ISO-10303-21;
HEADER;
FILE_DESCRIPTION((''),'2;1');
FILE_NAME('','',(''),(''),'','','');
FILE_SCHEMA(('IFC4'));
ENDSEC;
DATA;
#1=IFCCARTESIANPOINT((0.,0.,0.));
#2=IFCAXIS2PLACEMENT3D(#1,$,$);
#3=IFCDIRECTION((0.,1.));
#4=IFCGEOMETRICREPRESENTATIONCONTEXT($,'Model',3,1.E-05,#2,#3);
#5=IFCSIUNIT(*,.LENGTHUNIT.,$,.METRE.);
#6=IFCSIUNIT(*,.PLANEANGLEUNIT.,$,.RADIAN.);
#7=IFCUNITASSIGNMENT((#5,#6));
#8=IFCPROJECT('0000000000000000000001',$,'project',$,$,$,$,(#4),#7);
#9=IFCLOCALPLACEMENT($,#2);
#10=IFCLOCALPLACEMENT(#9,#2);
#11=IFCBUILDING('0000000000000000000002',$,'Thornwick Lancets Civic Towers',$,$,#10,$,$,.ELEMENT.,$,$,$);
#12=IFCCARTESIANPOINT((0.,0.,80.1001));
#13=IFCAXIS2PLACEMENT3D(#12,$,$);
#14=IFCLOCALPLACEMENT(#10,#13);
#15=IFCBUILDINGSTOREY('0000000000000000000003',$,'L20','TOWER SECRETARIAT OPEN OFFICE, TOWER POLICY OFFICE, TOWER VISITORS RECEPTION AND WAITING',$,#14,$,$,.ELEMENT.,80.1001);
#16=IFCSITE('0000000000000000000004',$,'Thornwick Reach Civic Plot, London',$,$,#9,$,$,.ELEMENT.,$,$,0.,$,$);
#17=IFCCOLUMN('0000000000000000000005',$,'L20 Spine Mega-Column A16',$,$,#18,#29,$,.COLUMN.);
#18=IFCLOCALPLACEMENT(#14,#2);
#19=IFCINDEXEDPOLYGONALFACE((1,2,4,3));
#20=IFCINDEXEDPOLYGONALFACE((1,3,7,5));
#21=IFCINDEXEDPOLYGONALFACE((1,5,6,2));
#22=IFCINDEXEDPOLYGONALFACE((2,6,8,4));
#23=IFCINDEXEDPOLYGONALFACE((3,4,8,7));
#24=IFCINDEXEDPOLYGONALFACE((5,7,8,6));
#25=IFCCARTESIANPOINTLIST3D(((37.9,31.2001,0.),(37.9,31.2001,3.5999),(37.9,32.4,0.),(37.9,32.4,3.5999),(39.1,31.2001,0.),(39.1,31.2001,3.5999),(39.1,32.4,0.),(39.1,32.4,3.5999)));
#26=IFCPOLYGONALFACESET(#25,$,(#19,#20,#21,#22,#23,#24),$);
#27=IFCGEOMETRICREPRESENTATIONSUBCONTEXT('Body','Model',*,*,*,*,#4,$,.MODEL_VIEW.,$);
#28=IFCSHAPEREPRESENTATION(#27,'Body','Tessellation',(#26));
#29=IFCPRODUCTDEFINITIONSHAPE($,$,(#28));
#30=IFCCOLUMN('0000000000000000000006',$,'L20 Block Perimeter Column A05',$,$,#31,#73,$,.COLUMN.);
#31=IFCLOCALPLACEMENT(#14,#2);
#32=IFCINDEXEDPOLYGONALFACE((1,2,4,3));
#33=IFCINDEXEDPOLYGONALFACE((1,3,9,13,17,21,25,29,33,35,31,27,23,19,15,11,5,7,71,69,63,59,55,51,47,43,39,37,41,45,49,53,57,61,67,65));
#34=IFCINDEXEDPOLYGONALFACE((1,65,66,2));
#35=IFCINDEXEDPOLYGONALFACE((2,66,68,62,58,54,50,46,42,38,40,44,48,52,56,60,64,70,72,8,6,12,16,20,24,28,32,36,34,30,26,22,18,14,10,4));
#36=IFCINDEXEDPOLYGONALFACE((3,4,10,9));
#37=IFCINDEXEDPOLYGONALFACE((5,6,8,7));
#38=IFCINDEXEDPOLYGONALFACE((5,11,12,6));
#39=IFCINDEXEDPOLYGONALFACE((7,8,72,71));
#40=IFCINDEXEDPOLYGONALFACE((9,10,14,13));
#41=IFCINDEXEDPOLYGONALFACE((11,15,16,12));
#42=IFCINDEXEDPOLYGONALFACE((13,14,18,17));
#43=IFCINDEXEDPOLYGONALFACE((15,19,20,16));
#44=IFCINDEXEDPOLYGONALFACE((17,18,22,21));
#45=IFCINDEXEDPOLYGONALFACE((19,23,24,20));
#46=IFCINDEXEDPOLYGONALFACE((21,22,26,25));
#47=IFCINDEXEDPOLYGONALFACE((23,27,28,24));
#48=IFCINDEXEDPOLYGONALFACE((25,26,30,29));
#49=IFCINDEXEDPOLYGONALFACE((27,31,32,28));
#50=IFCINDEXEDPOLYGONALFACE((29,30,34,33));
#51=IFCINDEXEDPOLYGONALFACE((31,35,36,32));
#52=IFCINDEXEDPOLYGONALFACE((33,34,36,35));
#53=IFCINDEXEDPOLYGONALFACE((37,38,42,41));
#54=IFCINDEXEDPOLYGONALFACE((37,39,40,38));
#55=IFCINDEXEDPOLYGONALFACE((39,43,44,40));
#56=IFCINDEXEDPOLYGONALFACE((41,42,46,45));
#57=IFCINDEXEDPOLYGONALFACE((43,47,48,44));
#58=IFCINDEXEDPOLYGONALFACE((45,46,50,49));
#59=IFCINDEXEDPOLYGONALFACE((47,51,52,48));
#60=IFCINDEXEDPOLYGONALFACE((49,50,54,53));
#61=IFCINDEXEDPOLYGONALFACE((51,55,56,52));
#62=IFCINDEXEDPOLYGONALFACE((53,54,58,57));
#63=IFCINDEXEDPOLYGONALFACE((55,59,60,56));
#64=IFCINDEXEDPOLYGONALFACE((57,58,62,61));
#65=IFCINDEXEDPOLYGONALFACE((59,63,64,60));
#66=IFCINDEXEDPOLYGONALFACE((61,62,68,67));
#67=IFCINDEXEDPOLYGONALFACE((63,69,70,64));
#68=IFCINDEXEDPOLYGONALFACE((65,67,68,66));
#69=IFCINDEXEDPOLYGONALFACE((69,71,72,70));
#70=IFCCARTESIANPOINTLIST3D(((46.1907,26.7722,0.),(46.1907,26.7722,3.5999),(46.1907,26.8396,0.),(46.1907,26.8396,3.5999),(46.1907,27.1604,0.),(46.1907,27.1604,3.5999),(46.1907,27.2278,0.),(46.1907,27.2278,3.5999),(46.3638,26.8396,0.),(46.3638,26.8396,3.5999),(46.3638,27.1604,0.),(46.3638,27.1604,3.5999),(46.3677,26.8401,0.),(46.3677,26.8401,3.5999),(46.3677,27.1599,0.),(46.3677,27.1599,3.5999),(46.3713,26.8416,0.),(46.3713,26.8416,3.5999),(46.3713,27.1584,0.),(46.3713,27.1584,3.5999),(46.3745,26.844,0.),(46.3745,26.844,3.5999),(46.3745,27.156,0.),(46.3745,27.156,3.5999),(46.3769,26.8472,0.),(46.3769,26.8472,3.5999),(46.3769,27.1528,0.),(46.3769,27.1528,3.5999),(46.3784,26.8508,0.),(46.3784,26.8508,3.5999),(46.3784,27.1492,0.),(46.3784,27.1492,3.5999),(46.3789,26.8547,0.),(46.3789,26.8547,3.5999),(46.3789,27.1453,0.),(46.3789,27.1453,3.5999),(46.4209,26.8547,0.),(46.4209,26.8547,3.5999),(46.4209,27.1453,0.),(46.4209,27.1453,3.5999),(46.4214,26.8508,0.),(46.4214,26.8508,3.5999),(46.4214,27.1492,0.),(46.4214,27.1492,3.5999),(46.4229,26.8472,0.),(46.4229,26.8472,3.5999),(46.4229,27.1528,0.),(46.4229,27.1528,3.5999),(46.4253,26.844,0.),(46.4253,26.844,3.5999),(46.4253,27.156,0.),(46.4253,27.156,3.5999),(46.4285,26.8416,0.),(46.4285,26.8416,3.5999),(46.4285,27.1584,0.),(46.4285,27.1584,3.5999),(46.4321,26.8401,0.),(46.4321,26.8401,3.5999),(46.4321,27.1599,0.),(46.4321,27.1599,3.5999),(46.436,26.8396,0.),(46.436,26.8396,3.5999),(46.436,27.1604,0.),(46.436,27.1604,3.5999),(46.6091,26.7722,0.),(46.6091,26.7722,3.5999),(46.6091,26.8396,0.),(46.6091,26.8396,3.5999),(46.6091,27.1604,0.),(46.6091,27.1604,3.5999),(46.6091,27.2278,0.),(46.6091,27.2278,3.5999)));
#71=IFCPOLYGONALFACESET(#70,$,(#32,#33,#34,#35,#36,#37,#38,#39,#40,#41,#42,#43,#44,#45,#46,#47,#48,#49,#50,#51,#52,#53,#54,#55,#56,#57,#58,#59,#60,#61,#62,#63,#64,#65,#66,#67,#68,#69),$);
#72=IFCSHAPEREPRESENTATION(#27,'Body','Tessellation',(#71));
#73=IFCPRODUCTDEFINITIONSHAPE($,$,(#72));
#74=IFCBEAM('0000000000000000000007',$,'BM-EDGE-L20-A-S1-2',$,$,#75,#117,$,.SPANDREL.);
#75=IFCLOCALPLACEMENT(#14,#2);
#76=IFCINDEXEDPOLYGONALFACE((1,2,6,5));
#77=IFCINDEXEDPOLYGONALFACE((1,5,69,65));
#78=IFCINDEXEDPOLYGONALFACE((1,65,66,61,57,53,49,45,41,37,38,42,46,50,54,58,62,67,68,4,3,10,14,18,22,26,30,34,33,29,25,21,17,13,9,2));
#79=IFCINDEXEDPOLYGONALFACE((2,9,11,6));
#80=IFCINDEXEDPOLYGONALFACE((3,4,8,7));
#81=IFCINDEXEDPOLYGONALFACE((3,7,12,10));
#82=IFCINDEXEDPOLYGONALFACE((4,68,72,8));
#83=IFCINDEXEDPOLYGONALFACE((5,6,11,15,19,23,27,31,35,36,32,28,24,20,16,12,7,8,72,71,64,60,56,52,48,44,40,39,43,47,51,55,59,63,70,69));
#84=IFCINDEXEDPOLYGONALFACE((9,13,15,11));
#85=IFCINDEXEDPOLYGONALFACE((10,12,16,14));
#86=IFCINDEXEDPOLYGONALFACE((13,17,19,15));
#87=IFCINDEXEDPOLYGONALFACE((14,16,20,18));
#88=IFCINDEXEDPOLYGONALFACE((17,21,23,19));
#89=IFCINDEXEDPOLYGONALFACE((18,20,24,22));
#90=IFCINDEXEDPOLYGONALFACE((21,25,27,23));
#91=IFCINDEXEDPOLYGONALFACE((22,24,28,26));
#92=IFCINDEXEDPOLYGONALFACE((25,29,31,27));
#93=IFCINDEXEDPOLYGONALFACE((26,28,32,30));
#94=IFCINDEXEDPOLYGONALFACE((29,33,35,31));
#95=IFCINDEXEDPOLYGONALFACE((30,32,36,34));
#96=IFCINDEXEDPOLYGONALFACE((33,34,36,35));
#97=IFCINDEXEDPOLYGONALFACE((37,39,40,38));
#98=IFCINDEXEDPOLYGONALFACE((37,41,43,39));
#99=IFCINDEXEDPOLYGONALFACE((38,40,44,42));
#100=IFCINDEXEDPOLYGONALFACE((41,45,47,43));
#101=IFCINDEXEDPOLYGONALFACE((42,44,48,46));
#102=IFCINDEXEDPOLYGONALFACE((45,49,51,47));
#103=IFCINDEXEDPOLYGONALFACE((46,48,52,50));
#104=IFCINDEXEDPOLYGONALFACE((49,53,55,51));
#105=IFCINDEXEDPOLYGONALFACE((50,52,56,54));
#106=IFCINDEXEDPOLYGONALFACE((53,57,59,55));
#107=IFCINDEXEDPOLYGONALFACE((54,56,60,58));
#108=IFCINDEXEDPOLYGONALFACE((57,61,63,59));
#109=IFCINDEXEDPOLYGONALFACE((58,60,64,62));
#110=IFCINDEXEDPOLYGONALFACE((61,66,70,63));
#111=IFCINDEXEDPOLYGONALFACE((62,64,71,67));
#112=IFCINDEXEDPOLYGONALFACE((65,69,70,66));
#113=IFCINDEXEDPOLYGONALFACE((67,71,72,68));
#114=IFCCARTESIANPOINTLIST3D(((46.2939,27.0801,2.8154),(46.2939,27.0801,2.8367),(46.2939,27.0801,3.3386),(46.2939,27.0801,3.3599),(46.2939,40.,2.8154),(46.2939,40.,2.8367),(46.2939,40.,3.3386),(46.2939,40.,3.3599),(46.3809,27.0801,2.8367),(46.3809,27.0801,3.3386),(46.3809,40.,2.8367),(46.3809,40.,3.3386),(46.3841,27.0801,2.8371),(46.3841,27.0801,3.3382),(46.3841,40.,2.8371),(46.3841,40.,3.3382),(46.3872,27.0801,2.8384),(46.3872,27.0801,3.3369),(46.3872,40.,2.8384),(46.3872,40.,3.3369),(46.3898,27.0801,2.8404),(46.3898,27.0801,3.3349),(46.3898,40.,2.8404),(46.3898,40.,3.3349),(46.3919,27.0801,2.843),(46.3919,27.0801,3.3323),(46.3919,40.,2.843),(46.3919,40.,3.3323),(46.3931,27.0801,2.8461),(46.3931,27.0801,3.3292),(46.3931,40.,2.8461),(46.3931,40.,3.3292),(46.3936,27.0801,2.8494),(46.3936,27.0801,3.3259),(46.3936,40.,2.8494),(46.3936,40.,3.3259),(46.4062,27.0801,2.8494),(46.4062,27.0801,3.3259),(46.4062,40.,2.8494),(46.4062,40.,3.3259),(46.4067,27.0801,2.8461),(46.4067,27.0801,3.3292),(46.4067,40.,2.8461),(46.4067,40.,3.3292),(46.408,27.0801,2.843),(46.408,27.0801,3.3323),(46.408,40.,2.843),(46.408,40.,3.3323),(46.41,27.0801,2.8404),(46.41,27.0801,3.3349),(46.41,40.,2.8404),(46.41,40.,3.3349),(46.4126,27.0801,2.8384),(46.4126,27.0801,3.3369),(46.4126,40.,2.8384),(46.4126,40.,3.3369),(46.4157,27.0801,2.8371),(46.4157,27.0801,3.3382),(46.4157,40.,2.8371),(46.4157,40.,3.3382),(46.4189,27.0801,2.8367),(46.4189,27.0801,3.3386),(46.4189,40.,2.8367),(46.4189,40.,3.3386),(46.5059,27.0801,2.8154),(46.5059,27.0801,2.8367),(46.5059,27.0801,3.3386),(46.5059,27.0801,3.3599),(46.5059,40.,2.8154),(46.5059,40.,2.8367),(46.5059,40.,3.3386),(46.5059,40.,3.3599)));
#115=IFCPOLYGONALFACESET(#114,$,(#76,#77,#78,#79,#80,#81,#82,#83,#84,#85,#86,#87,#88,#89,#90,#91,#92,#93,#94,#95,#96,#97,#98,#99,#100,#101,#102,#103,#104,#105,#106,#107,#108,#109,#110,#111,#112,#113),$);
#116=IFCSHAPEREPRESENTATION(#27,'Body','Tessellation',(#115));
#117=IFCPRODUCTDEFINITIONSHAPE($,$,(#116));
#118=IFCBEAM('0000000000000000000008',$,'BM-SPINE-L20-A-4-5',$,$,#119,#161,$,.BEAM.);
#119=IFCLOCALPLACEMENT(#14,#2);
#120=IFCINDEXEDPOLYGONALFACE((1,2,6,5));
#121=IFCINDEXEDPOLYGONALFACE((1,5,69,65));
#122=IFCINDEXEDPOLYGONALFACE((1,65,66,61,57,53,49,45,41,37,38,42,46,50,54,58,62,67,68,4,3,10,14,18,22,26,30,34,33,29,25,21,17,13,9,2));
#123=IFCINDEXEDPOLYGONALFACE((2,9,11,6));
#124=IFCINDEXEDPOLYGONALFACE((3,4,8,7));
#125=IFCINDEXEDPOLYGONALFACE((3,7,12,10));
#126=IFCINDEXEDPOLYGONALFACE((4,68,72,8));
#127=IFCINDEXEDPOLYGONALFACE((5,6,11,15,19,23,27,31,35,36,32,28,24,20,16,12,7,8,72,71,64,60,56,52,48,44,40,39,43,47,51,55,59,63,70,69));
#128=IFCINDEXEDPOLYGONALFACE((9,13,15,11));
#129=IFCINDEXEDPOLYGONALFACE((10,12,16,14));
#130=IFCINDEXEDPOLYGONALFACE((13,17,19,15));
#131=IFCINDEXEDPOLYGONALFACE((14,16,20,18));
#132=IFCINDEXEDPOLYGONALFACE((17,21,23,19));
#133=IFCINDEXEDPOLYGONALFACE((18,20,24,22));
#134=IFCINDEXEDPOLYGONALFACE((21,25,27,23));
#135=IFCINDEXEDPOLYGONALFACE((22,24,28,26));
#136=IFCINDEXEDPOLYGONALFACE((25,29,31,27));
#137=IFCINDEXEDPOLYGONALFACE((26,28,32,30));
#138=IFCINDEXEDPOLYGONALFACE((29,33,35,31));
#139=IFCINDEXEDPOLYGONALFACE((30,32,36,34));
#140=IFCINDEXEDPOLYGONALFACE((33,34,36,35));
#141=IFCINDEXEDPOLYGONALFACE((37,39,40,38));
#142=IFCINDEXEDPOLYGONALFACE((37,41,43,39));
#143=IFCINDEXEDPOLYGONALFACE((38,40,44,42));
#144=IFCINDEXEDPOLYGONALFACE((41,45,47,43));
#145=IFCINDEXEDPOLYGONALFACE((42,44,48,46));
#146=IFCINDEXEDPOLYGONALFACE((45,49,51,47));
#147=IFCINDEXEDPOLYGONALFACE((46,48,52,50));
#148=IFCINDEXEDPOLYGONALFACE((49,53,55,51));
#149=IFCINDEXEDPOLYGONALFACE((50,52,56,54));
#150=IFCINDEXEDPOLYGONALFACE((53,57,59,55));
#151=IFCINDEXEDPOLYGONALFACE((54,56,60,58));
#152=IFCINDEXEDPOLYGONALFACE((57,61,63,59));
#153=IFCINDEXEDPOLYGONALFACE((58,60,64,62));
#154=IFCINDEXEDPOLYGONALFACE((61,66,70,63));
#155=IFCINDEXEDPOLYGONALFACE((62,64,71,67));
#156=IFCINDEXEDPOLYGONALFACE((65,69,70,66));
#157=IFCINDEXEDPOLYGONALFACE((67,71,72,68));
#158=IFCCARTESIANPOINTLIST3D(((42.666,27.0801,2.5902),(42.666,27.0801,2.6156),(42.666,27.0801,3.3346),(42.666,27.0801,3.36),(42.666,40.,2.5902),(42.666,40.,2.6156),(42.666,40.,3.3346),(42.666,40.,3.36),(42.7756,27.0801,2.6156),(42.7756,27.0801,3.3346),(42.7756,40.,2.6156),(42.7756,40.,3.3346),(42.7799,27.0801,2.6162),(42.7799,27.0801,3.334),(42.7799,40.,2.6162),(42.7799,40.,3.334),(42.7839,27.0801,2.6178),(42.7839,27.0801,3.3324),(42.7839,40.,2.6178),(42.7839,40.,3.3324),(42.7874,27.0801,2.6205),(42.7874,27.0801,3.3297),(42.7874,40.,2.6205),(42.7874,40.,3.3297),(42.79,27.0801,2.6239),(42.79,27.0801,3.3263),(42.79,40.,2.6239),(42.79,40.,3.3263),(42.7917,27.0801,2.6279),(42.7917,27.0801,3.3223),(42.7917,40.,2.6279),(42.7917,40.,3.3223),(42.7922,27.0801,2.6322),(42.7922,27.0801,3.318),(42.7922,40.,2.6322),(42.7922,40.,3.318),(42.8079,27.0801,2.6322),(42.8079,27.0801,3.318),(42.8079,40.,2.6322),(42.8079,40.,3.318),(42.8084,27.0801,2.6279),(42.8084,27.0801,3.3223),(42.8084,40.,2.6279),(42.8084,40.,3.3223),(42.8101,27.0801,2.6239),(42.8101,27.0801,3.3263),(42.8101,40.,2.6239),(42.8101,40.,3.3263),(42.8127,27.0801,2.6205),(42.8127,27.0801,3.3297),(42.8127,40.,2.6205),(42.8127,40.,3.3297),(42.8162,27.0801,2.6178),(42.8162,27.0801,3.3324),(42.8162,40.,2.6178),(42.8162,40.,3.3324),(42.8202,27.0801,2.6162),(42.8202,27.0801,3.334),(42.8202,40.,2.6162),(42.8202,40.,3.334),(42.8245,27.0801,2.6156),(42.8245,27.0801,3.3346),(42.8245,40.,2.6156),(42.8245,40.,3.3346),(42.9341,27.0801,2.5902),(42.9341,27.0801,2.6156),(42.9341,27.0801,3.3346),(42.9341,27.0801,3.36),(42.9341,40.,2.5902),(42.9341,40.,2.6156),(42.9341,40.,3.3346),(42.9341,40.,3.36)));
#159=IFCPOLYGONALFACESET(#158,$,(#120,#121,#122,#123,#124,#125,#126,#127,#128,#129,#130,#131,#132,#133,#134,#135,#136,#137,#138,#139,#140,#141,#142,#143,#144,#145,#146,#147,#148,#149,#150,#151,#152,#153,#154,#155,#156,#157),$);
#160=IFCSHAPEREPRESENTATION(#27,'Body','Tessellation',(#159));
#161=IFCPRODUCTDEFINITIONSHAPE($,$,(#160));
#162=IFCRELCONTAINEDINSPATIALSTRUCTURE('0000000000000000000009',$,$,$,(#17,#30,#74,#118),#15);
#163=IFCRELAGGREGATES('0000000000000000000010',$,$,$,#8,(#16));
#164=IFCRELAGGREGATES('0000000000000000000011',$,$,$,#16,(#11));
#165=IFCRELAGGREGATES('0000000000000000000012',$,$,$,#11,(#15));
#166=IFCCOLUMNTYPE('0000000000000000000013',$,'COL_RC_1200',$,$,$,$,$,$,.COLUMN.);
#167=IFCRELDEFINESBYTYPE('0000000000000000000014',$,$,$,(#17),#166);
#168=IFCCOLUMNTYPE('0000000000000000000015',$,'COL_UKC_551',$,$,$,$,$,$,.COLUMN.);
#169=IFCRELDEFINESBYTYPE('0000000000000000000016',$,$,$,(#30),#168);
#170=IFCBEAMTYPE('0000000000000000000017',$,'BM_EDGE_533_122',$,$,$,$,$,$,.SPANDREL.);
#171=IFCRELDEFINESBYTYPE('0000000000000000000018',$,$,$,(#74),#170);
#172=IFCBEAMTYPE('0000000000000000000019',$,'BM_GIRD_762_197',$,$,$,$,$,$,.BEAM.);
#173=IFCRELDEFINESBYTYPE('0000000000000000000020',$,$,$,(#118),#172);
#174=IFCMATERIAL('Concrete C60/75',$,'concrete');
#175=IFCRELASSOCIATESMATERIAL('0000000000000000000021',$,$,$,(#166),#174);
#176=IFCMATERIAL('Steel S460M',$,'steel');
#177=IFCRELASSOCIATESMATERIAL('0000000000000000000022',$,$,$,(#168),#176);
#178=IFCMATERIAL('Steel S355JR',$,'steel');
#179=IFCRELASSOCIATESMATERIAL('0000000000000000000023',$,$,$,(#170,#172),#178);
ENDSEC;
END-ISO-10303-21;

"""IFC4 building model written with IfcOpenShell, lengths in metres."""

from ifc_helpers import new_model, si_unit, direction, frame, origin, origin_2d, place, context, subcontext, project, spatial, rectangle, i_section, extrude, material, material_profile, profile_set, type_object, element, save


model = new_model("IFC4")

# Units and contexts
model_context = context("Model", 3, precision=1e-05, world=origin(), true_north=direction((0.0, 1.0)))
body_context = subcontext(model_context, "Body", "Model", "MODEL_VIEW")
ifc_project = project(units=[si_unit("LENGTHUNIT", "METRE"), si_unit("PLANEANGLEUNIT", "RADIAN")], contexts=[model_context])

# Site, building, storey
site_placement = place(None, origin())
site = spatial("IfcSite", under=ifc_project, at=site_placement, Name="Thornwick Reach Civic Plot, London", CompositionType="ELEMENT", RefElevation=0.0)
building_placement = place(site_placement, origin())
building = spatial("IfcBuilding", under=site, at=building_placement, Name="Thornwick Lancets Civic Towers", CompositionType="ELEMENT")
storey_placement = place(building_placement, frame((0.0, 0.0, 80.1001)))
storey = spatial("IfcBuildingStorey", under=building, at=storey_placement, Name="L20", Description="TOWER SECRETARIAT OPEN OFFICE, TOWER POLICY OFFICE, TOWER VISITORS RECEPTION AND WAITING", CompositionType="ELEMENT", Elevation=80.1001)

# Columns
ifc_material_1 = material(Name="Concrete C60/75", Category="concrete")
ifc_material_profile_1 = material_profile(ifc_material_1, rectangle(XDim=1.2, YDim=1.2, at=origin_2d()), Name="RC 1200x1200")
ifc_profile_set_1 = profile_set([ifc_material_profile_1], Name="Concrete C60/75")
column_type_1 = type_object("IfcColumnType", Name="COL_RC_1200", PredefinedType="COLUMN", material=ifc_profile_set_1)
column_1_placement = place(storey_placement, frame((38.5, 31.8, 0.0), z_axis=(0.0, 0.0, 1.0), x_axis=(1.0, 0.0, 0.0)))
element("IfcColumn", 1, at=column_1_placement, inside=storey, type_object=column_type_1, Name="L20 Spine Mega-Column A16", PredefinedType="COLUMN", context=body_context, shape_type="SweptSolid", body=[
    extrude(rectangle(XDim=1.2, YDim=1.2, at=origin_2d()), origin(), (0.0, 0.0, 1.0), 3.5999),
])
ifc_material_2 = material(Name="Steel S460M", Category="steel")
ifc_material_profile_2 = material_profile(ifc_material_2, i_section(OverallWidth=0.4185, OverallDepth=0.4556, WebThickness=0.042, FlangeThickness=0.0674, FilletRadius=0.0151, at=origin_2d()), Name="UKC 356x406x551")
ifc_profile_set_2 = profile_set([ifc_material_profile_2], Name="Steel S460M")
column_type_2 = type_object("IfcColumnType", Name="COL_UKC_551", PredefinedType="COLUMN", material=ifc_profile_set_2)
column_2_placement = place(storey_placement, frame((46.3999, 27.0, 0.0), z_axis=(0.0, 0.0, 1.0), x_axis=(1.0, 0.0, 0.0)))
element("IfcColumn", 2, at=column_2_placement, inside=storey, type_object=column_type_2, Name="L20 Block Perimeter Column A05", PredefinedType="COLUMN", context=body_context, shape_type="SweptSolid", body=[
    extrude(i_section(OverallWidth=0.4185, OverallDepth=0.4556, WebThickness=0.042, FlangeThickness=0.0674, FilletRadius=0.0151, at=origin_2d()), origin(), (0.0, 0.0, 1.0), 3.5999),
])

# Beams
ifc_material_3 = material(Name="Steel S355JR", Category="steel")
ifc_material_profile_3 = material_profile(ifc_material_3, i_section(OverallWidth=0.2119, OverallDepth=0.5444, WebThickness=0.0127, FlangeThickness=0.0212, FilletRadius=0.0127, at=origin_2d()), Name="UKB 533x210x122")
ifc_profile_set_3 = profile_set([ifc_material_profile_3], Name="Steel S355JR")
beam_type_1 = type_object("IfcBeamType", Name="BM_EDGE_533_122", PredefinedType="SPANDREL", material=ifc_profile_set_3)
beam_1_placement = place(storey_placement, frame((46.3999, 27.0801, 3.0876), z_axis=(0.0, 1.0, 0.0), x_axis=(-1.0, 0.0, 0.0)))
element("IfcBeam", 3, at=beam_1_placement, inside=storey, type_object=beam_type_1, Name="BM-EDGE-L20-A-S1-2", PredefinedType="SPANDREL", context=body_context, shape_type="SweptSolid", body=[
    extrude(i_section(OverallWidth=0.2119, OverallDepth=0.5444, WebThickness=0.0127, FlangeThickness=0.0212, FilletRadius=0.0127, at=origin_2d()), origin(), (0.0, 0.0, 1.0), 12.9199),
])
ifc_material_profile_4 = material_profile(ifc_material_3, i_section(OverallWidth=0.2681, OverallDepth=0.7698, WebThickness=0.0156, FlangeThickness=0.0254, FilletRadius=0.0166, at=origin_2d()), Name="UKB 762x267x197")
ifc_profile_set_4 = profile_set([ifc_material_profile_4], Name="Steel S355JR")
beam_type_2 = type_object("IfcBeamType", Name="BM_GIRD_762_197", PredefinedType="BEAM", material=ifc_profile_set_4)
beam_2_placement = place(storey_placement, frame((42.8, 27.0801, 2.9751), z_axis=(0.0, 1.0, 0.0), x_axis=(-1.0, 0.0, 0.0)))
element("IfcBeam", 4, at=beam_2_placement, inside=storey, type_object=beam_type_2, Name="BM-SPINE-L20-A-4-5", PredefinedType="BEAM", context=body_context, shape_type="SweptSolid", body=[
    extrude(i_section(OverallWidth=0.2681, OverallDepth=0.7698, WebThickness=0.0156, FlangeThickness=0.0254, FilletRadius=0.0166, at=origin_2d()), origin(), (0.0, 0.0, 1.0), 12.9199),
])

save(model, "model.ifc")
